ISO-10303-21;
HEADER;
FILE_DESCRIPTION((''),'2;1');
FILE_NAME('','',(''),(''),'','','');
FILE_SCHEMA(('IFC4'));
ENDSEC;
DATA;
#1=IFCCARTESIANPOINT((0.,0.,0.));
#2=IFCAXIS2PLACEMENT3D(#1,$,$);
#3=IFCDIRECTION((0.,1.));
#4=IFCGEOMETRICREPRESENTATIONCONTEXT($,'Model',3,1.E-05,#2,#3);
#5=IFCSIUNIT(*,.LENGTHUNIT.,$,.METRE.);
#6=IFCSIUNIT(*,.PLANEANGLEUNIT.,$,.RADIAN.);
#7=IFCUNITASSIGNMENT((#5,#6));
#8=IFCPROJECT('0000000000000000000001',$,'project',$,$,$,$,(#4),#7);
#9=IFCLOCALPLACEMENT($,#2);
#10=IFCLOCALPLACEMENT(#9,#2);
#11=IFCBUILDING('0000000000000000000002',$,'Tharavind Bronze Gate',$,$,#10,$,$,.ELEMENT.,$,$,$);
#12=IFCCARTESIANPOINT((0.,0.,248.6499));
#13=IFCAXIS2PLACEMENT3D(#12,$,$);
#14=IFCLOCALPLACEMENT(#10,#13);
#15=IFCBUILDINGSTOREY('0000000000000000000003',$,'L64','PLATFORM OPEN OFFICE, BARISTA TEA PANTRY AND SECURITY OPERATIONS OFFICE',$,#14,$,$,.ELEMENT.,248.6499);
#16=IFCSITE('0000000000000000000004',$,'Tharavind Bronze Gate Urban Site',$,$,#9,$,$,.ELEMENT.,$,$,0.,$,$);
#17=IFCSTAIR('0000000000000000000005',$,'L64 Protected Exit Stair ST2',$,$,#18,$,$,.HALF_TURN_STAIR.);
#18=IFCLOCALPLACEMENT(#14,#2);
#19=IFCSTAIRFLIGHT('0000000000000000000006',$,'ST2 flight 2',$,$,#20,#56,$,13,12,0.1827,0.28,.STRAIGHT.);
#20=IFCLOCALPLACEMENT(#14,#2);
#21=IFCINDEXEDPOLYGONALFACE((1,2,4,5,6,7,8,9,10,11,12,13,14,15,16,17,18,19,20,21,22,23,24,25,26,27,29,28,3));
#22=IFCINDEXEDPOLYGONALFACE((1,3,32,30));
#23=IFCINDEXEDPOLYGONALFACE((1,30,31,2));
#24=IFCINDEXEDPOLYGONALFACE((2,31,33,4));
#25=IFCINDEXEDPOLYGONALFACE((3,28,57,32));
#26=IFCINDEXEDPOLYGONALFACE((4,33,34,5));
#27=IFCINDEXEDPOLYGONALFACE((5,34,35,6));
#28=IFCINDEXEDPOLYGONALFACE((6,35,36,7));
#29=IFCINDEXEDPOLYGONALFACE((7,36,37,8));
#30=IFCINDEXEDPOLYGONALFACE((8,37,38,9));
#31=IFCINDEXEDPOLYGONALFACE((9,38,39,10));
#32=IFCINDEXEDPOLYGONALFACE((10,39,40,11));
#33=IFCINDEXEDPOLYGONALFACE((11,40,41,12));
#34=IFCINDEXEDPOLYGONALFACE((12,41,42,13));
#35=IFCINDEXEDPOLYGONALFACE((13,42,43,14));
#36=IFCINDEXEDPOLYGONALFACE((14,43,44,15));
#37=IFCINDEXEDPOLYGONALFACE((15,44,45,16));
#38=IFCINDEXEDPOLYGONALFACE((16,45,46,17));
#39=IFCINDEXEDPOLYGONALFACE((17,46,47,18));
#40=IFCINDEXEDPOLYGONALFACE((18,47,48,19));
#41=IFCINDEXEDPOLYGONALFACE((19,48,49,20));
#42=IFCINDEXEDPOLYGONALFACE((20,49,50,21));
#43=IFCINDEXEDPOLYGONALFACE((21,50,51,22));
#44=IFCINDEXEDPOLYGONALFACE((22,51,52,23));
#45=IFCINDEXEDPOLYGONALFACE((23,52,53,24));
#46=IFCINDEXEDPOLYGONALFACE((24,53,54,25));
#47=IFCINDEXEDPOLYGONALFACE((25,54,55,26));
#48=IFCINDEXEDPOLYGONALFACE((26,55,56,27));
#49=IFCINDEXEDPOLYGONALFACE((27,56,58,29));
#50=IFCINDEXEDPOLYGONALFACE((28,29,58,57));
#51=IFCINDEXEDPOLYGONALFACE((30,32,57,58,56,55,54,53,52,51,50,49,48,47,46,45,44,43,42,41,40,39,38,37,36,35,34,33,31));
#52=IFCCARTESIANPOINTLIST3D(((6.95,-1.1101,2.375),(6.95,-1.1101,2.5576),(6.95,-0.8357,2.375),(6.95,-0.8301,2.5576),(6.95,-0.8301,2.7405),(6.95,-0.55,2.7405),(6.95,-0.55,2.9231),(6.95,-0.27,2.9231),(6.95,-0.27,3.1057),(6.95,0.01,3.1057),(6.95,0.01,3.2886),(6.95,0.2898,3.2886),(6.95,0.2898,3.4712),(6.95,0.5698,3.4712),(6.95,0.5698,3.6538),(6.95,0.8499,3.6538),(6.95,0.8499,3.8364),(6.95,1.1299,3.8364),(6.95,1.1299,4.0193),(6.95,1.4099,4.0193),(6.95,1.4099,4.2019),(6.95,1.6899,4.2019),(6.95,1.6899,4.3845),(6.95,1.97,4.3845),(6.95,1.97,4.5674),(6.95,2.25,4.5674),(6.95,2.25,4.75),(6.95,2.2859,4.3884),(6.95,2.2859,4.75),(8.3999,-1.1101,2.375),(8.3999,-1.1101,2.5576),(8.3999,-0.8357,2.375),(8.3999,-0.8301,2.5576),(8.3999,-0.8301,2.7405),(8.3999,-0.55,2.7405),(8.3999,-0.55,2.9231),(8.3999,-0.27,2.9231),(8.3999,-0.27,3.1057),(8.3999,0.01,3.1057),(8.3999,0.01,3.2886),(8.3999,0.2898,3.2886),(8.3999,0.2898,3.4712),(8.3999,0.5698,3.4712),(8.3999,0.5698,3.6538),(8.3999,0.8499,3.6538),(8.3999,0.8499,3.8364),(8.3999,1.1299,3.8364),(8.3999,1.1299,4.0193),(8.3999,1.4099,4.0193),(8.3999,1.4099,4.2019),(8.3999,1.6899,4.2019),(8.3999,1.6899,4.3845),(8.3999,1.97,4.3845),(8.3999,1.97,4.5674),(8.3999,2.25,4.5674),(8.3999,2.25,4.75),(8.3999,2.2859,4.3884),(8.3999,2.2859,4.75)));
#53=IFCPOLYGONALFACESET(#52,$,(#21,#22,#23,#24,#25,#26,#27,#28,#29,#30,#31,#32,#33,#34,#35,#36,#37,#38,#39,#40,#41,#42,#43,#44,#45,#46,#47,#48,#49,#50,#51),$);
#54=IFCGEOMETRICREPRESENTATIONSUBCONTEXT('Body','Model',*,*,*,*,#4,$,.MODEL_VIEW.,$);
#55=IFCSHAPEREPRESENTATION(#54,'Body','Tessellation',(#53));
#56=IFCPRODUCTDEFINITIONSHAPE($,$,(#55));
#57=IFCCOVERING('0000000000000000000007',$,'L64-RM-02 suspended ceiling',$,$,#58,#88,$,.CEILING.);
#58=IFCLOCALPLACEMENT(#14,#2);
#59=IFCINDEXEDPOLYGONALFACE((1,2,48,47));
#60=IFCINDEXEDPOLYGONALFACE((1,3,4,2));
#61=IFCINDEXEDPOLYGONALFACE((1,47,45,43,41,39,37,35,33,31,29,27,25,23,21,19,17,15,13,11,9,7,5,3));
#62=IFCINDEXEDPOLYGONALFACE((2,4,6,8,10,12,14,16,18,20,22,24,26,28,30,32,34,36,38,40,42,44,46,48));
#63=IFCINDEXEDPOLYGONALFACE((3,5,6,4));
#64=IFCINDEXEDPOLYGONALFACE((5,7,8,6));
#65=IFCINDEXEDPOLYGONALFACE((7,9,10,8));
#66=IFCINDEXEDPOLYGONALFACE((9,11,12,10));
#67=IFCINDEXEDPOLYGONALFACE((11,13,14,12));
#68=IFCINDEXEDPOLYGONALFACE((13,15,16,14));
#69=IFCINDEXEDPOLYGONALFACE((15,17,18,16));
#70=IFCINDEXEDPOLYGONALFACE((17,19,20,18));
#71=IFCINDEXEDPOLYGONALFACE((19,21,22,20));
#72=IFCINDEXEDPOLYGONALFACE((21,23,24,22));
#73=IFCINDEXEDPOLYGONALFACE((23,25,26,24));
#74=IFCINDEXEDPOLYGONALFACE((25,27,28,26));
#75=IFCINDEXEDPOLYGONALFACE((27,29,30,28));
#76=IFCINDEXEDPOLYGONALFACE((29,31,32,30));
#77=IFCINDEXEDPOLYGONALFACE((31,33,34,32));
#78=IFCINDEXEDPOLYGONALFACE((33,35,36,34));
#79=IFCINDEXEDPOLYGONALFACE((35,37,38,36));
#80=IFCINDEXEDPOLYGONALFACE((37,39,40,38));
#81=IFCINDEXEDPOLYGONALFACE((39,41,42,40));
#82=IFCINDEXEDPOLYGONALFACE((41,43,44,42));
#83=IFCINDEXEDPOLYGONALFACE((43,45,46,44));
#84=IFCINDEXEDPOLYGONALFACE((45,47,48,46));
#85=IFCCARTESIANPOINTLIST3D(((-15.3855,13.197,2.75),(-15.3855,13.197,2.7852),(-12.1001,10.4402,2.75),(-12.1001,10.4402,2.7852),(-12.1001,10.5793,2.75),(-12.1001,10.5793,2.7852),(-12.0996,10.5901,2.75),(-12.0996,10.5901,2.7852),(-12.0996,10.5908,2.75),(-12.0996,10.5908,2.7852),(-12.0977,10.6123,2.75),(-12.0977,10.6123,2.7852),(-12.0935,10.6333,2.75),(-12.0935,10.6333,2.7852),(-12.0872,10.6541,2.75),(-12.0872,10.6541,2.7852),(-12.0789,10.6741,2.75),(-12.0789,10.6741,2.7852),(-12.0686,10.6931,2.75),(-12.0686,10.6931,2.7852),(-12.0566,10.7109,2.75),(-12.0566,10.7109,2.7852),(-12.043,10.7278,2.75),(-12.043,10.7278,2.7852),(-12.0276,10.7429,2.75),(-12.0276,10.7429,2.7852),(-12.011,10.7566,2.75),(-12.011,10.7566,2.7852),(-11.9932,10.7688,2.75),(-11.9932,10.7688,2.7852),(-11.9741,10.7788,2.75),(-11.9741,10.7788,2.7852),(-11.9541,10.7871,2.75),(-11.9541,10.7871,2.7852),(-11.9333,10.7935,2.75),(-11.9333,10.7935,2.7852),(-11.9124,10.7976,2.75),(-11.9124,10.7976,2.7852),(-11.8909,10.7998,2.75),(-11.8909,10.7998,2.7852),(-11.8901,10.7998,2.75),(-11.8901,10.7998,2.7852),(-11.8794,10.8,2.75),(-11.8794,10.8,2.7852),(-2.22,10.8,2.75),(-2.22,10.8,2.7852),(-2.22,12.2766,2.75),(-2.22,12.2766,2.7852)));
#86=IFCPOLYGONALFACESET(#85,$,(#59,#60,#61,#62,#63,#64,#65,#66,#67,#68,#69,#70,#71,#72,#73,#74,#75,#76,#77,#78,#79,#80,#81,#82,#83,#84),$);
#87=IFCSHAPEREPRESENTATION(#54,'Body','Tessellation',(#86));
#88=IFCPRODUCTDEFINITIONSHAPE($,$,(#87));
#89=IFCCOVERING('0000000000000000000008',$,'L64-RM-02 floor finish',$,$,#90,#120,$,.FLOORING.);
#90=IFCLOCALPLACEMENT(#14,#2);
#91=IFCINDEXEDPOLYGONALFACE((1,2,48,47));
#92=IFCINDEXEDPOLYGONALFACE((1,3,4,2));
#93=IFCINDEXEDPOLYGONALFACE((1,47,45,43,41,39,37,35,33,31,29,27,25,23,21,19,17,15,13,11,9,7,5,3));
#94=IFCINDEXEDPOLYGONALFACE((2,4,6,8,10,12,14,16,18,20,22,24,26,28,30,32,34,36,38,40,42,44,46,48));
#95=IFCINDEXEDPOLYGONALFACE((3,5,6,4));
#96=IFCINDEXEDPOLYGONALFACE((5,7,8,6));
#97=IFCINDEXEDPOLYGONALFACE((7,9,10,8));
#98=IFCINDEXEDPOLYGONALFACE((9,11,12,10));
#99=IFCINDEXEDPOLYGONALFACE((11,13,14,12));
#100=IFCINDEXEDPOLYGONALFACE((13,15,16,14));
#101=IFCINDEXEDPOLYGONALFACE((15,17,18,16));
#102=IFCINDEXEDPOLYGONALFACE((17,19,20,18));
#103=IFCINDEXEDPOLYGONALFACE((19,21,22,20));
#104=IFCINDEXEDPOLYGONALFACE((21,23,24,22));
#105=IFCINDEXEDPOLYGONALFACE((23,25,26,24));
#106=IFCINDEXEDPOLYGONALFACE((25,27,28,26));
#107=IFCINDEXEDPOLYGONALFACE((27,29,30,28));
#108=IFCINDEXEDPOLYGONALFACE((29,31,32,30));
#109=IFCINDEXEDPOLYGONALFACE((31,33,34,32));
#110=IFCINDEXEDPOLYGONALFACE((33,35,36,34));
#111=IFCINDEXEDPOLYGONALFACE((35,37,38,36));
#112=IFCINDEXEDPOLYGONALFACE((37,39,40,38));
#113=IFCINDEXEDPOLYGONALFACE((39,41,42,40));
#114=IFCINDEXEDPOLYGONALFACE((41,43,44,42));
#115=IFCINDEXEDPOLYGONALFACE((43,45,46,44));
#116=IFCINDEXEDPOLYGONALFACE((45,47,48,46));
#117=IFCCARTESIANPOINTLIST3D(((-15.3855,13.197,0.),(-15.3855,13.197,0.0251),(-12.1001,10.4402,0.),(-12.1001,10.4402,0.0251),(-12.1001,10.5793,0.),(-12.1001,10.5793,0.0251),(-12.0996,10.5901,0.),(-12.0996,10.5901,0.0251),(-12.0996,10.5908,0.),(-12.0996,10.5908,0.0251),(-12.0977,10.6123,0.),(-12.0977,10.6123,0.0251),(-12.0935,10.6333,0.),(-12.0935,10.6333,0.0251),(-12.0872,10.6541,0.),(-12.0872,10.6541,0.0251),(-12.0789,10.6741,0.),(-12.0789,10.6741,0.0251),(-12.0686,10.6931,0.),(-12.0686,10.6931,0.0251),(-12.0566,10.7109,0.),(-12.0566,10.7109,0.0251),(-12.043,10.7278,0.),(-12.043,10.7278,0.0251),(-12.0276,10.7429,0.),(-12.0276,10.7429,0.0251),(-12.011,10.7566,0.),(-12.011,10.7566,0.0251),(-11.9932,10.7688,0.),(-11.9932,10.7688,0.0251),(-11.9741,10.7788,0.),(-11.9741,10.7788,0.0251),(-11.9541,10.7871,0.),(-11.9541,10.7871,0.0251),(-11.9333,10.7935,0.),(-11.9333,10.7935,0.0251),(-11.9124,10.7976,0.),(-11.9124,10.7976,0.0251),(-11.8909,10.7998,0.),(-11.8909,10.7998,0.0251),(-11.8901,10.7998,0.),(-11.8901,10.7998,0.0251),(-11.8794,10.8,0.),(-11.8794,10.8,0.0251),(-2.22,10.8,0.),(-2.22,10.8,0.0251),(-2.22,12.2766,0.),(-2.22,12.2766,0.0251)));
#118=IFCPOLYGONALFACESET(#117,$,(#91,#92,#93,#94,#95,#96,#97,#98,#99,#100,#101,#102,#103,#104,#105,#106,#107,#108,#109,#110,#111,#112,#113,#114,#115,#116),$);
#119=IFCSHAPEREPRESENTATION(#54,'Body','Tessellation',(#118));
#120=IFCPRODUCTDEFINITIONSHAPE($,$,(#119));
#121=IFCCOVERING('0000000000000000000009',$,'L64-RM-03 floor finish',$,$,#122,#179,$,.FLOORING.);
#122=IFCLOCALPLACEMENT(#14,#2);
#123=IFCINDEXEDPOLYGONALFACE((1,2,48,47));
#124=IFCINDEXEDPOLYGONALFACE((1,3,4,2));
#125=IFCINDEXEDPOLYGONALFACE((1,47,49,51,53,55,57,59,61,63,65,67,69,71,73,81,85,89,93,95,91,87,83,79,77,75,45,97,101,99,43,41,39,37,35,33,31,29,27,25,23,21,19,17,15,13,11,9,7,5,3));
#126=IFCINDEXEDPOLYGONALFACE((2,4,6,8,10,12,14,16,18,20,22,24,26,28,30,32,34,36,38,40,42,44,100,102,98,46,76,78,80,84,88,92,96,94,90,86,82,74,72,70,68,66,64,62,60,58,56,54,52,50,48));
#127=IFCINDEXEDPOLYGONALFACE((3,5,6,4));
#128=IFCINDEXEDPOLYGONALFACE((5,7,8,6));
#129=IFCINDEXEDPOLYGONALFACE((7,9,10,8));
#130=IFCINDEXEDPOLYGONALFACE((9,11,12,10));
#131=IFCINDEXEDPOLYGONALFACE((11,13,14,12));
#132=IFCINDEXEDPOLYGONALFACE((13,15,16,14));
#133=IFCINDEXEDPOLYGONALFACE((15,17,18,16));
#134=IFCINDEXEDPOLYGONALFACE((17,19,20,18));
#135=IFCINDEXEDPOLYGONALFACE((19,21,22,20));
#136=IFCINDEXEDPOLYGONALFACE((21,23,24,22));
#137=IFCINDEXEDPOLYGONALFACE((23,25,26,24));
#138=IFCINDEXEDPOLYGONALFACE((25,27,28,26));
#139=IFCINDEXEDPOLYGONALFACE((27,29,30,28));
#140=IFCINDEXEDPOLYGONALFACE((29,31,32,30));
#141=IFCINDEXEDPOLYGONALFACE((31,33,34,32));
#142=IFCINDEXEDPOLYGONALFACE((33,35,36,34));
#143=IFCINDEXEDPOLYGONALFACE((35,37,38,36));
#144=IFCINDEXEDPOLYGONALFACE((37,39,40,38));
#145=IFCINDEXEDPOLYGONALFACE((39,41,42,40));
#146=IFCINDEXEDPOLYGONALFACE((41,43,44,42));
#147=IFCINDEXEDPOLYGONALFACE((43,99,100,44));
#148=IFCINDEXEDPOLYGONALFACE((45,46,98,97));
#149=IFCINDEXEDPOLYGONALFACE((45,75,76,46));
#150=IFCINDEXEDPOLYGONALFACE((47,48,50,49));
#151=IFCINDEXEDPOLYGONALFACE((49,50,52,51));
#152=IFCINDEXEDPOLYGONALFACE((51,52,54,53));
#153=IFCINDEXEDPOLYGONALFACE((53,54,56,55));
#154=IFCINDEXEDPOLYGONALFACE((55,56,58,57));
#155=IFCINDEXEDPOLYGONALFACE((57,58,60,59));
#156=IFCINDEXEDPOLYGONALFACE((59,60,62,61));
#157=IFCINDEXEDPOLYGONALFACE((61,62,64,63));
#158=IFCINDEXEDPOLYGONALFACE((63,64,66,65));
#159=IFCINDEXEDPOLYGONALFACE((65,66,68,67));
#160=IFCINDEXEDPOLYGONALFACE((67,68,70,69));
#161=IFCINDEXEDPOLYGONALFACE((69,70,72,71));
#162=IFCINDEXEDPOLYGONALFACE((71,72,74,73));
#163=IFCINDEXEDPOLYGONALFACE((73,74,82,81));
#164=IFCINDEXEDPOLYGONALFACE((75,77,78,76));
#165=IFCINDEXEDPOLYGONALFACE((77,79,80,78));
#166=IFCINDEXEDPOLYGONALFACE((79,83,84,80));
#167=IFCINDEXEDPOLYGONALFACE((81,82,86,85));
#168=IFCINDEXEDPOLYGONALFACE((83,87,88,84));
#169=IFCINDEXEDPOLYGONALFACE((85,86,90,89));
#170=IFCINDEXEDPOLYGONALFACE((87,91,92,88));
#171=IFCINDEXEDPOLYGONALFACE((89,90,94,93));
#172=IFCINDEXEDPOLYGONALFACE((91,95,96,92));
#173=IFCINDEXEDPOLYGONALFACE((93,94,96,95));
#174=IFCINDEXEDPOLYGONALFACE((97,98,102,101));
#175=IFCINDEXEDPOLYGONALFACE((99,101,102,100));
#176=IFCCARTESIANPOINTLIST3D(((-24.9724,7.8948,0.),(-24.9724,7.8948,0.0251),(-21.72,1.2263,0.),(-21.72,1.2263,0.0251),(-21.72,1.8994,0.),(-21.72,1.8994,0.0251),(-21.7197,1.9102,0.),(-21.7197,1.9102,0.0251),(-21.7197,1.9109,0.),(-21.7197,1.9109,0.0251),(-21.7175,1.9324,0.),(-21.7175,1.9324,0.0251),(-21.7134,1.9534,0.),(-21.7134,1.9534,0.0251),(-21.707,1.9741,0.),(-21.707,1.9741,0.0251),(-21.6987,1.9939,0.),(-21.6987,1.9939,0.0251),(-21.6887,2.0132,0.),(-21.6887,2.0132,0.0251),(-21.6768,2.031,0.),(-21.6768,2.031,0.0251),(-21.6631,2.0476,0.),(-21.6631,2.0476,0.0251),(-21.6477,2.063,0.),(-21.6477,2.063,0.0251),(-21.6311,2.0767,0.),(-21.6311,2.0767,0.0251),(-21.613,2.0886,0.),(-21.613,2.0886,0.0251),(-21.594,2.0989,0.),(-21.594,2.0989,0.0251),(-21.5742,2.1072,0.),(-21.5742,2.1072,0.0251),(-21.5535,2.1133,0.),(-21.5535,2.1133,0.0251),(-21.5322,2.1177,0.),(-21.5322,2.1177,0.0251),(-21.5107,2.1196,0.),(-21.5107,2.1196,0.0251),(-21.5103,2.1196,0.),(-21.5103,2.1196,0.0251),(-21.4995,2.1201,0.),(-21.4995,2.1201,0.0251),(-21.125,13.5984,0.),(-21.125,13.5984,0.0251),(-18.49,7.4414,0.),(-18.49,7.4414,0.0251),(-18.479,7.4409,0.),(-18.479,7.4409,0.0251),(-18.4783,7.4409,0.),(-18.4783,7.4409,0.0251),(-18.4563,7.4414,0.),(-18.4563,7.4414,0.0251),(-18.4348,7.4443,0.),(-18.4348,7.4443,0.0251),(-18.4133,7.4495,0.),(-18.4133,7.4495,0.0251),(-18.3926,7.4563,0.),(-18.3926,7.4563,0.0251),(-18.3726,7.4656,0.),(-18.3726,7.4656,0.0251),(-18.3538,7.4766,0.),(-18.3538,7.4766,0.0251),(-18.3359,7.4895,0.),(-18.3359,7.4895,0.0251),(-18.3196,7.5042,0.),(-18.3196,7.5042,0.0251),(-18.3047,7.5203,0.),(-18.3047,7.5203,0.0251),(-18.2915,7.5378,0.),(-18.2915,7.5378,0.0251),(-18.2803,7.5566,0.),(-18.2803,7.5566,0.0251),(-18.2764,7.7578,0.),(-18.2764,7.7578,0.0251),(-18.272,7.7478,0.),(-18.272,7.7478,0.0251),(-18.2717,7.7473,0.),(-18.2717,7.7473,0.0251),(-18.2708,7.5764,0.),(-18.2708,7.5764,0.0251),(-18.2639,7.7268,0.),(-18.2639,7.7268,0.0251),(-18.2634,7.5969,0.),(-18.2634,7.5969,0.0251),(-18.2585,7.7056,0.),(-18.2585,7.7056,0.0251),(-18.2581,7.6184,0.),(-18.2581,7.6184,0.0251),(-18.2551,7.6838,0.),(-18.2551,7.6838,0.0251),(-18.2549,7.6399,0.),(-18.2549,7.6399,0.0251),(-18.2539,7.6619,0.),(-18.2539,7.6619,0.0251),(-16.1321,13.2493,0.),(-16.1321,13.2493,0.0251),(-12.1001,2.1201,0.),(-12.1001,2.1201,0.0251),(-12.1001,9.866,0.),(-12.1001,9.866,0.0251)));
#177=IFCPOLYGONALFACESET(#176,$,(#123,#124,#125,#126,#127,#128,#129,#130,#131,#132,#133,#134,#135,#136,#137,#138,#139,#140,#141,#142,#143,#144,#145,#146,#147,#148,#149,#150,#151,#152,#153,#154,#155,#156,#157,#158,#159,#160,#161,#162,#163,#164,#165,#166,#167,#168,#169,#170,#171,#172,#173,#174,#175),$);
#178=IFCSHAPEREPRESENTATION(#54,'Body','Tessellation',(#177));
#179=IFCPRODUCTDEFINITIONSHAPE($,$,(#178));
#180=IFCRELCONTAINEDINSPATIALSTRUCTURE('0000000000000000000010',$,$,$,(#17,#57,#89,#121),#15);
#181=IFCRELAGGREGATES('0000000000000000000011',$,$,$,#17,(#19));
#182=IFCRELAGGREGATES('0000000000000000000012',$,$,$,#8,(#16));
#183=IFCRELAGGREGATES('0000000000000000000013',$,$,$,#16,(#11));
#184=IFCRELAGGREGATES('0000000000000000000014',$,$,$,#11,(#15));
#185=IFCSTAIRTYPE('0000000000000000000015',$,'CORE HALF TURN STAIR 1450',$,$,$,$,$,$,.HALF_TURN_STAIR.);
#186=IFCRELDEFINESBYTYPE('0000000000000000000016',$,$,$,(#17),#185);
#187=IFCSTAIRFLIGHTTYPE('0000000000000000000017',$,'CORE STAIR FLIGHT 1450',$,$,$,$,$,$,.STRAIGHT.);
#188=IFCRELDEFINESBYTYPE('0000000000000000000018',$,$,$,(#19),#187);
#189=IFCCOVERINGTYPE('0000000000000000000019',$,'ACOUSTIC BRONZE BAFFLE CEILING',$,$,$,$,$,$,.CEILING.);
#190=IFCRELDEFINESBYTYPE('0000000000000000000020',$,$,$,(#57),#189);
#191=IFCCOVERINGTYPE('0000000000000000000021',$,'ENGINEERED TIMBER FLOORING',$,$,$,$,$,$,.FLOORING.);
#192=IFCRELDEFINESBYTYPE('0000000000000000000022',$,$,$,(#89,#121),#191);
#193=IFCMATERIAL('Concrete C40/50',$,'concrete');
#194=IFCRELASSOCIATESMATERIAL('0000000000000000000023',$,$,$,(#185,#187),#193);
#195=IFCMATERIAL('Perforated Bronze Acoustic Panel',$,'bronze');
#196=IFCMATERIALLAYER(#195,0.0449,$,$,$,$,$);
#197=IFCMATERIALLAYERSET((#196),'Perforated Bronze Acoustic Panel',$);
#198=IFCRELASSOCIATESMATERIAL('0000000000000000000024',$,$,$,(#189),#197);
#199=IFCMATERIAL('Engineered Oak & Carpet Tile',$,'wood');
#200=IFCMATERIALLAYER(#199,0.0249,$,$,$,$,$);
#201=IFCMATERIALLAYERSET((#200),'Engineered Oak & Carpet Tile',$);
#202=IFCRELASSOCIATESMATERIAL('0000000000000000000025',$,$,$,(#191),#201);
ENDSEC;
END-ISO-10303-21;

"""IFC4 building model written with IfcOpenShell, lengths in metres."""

from ifc_helpers import new_model, si_unit, direction, frame, origin, place, context, subcontext, project, spatial, polyline, outline, extrude, material, layer, layer_set, type_object, element, aggregate, save


model = new_model("IFC4")

# Units and contexts
model_context = context("Model", 3, precision=1e-05, world=origin(), true_north=direction((0.0, 1.0)))
body_context = subcontext(model_context, "Body", "Model", "MODEL_VIEW")
ifc_project = project(units=[si_unit("LENGTHUNIT", "METRE"), si_unit("PLANEANGLEUNIT", "RADIAN")], contexts=[model_context])

# Site, building, storey
site_placement = place(None, origin())
site = spatial("IfcSite", under=ifc_project, at=site_placement, Name="Tharavind Bronze Gate Urban Site", CompositionType="ELEMENT", RefElevation=0.0)
building_placement = place(site_placement, origin())
building = spatial("IfcBuilding", under=site, at=building_placement, Name="Tharavind Bronze Gate", CompositionType="ELEMENT")
storey_placement = place(building_placement, frame((0.0, 0.0, 248.6499)))
storey = spatial("IfcBuildingStorey", under=building, at=storey_placement, Name="L64", Description="PLATFORM OPEN OFFICE, BARISTA TEA PANTRY AND SECURITY OPERATIONS OFFICE", CompositionType="ELEMENT", Elevation=248.6499)

# Shared definitions
ifc_material_1 = material(Name="Concrete C40/50", Category="concrete")

# Stair, stair flight
stair_type = type_object("IfcStairType", Name="CORE HALF TURN STAIR 1450", PredefinedType="HALF_TURN_STAIR", material=ifc_material_1)
stair_placement = place(storey_placement, origin())
stair = element("IfcStair", 1, at=stair_placement, inside=storey, type_object=stair_type, Name="L64 Protected Exit Stair ST2", PredefinedType="HALF_TURN_STAIR")
stair_flight_type = type_object("IfcStairFlightType", Name="CORE STAIR FLIGHT 1450", PredefinedType="STRAIGHT", material=ifc_material_1)
stair_flight_1_placement = place(storey_placement, frame((7.675, -1.1101, 2.375), z_axis=(0.0, 0.0, 1.0), x_axis=(0.0, 1.0, 0.0)))
stair_flight_1 = element("IfcStairFlight", 2, at=stair_flight_1_placement, type_object=stair_flight_type, Name="ST2 flight 2", NumberOfRisers=13, NumberOfTreads=12, PredefinedType="STRAIGHT", RiserHeight=0.1827, TreadLength=0.28, context=body_context, shape_type="SweptSolid", body=[
    extrude(outline(polyline([(0.0, 0.0), (0.0, 0.1826), (0.28, 0.1826), (0.28, 0.3655), (0.5601, 0.3655), (0.5601, 0.5481), (0.8401, 0.5481), (0.8401, 0.7307), (1.1201, 0.7307), (1.1201, 0.9136), (1.3999, 0.9136), (1.3999, 1.0962), (1.6799, 1.0962), (1.6799, 1.2788), (1.96, 1.2788), (1.96, 1.4614), (2.24, 1.4614), (2.24, 1.6443), (2.52, 1.6443), (2.52, 1.8269), (2.8, 1.8269), (2.8, 2.0095), (3.0801, 2.0095), (3.0801, 2.1924), (3.3601, 2.1924), (3.3601, 2.375), (3.396, 2.375), (3.396, 2.0134), (0.2744, 0.0), (0.0, 0.0)])), frame((0.0, 0.7251, 0.0), z_axis=(0.0, -1.0, 0.0), x_axis=(1.0, 0.0, 0.0)), (0.0, 0.0, 1.0), 1.45),
])
aggregate(stair, [stair_flight_1])

# Coverings
ifc_material_2 = material(Name="Perforated Bronze Acoustic Panel", Category="bronze")
ifc_layer_1 = layer(ifc_material_2, 0.0449)
ifc_layer_set_1 = layer_set([ifc_layer_1], Name="Perforated Bronze Acoustic Panel")
covering_type_1 = type_object("IfcCoveringType", Name="ACOUSTIC BRONZE BAFFLE CEILING", PredefinedType="CEILING", material=ifc_layer_set_1)
covering_1_placement = place(storey_placement, frame((0.0, 0.0, 2.75)))
element("IfcCovering", 3, at=covering_1_placement, inside=storey, type_object=covering_type_1, Name="L64-RM-02 suspended ceiling", PredefinedType="CEILING", context=body_context, shape_type="SweptSolid", body=[
    extrude(outline(polyline([(-12.1001, 10.4402), (-12.1001, 10.5793), (-12.0996, 10.5901), (-12.0996, 10.5908), (-12.0977, 10.6123), (-12.0935, 10.6333), (-12.0872, 10.6541), (-12.0789, 10.6741), (-12.0686, 10.6931), (-12.0566, 10.7109), (-12.043, 10.7278), (-12.0276, 10.7429), (-12.011, 10.7566), (-11.9932, 10.7688), (-11.9741, 10.7788), (-11.9541, 10.7871), (-11.9333, 10.7935), (-11.9124, 10.7976), (-11.8909, 10.7998), (-11.8901, 10.7998), (-11.8794, 10.8), (-2.22, 10.8), (-2.22, 12.2766), (-15.3855, 13.197), (-12.1001, 10.4402)])), origin(), (0.0, 0.0, 1.0), 0.0352),
])
ifc_material_3 = material(Name="Engineered Oak & Carpet Tile", Category="wood")
ifc_layer_2 = layer(ifc_material_3, 0.0249)
ifc_layer_set_2 = layer_set([ifc_layer_2], Name="Engineered Oak & Carpet Tile")
covering_type_2 = type_object("IfcCoveringType", Name="ENGINEERED TIMBER FLOORING", PredefinedType="FLOORING", material=ifc_layer_set_2)
covering_2_placement = place(storey_placement, origin())
element("IfcCovering", 4, at=covering_2_placement, inside=storey, type_object=covering_type_2, Name="L64-RM-02 floor finish", PredefinedType="FLOORING", context=body_context, shape_type="SweptSolid", body=[
    extrude(outline(polyline([(-12.1001, 10.4402), (-12.1001, 10.5793), (-12.0996, 10.5901), (-12.0996, 10.5908), (-12.0977, 10.6123), (-12.0935, 10.6333), (-12.0872, 10.6541), (-12.0789, 10.6741), (-12.0686, 10.6931), (-12.0566, 10.7109), (-12.043, 10.7278), (-12.0276, 10.7429), (-12.011, 10.7566), (-11.9932, 10.7688), (-11.9741, 10.7788), (-11.9541, 10.7871), (-11.9333, 10.7935), (-11.9124, 10.7976), (-11.8909, 10.7998), (-11.8901, 10.7998), (-11.8794, 10.8), (-2.22, 10.8), (-2.22, 12.2766), (-15.3855, 13.197), (-12.1001, 10.4402)])), origin(), (0.0, 0.0, 1.0), 0.0251),
])
covering_3_placement = place(storey_placement, origin())
element("IfcCovering", 5, at=covering_3_placement, inside=storey, type_object=covering_type_2, Name="L64-RM-03 floor finish", PredefinedType="FLOORING", context=body_context, shape_type="SweptSolid", body=[
    extrude(outline(polyline([(-21.72, 1.2263), (-21.72, 1.8994), (-21.7197, 1.9102), (-21.7197, 1.9109), (-21.7175, 1.9324), (-21.7134, 1.9534), (-21.707, 1.9741), (-21.6987, 1.9939), (-21.6887, 2.0132), (-21.6768, 2.031), (-21.6631, 2.0476), (-21.6477, 2.063), (-21.6311, 2.0767), (-21.613, 2.0886), (-21.594, 2.0989), (-21.5742, 2.1072), (-21.5535, 2.1133), (-21.5322, 2.1177), (-21.5107, 2.1196), (-21.5103, 2.1196), (-21.4995, 2.1201), (-12.1001, 2.1201), (-12.1001, 9.866), (-16.1321, 13.2493), (-21.125, 13.5984), (-18.2764, 7.7578), (-18.272, 7.7478), (-18.2717, 7.7473), (-18.2639, 7.7268), (-18.2585, 7.7056), (-18.2551, 7.6838), (-18.2539, 7.6619), (-18.2549, 7.6399), (-18.2581, 7.6184), (-18.2634, 7.5969), (-18.2708, 7.5764), (-18.2803, 7.5566), (-18.2915, 7.5378), (-18.3047, 7.5203), (-18.3196, 7.5042), (-18.3359, 7.4895), (-18.3538, 7.4766), (-18.3726, 7.4656), (-18.3926, 7.4563), (-18.4133, 7.4495), (-18.4348, 7.4443), (-18.4563, 7.4414), (-18.4783, 7.4409), (-18.479, 7.4409), (-18.49, 7.4414), (-24.9724, 7.8948), (-21.72, 1.2263)])), origin(), (0.0, 0.0, 1.0), 0.0251),
])

save(model, "model.ifc")
